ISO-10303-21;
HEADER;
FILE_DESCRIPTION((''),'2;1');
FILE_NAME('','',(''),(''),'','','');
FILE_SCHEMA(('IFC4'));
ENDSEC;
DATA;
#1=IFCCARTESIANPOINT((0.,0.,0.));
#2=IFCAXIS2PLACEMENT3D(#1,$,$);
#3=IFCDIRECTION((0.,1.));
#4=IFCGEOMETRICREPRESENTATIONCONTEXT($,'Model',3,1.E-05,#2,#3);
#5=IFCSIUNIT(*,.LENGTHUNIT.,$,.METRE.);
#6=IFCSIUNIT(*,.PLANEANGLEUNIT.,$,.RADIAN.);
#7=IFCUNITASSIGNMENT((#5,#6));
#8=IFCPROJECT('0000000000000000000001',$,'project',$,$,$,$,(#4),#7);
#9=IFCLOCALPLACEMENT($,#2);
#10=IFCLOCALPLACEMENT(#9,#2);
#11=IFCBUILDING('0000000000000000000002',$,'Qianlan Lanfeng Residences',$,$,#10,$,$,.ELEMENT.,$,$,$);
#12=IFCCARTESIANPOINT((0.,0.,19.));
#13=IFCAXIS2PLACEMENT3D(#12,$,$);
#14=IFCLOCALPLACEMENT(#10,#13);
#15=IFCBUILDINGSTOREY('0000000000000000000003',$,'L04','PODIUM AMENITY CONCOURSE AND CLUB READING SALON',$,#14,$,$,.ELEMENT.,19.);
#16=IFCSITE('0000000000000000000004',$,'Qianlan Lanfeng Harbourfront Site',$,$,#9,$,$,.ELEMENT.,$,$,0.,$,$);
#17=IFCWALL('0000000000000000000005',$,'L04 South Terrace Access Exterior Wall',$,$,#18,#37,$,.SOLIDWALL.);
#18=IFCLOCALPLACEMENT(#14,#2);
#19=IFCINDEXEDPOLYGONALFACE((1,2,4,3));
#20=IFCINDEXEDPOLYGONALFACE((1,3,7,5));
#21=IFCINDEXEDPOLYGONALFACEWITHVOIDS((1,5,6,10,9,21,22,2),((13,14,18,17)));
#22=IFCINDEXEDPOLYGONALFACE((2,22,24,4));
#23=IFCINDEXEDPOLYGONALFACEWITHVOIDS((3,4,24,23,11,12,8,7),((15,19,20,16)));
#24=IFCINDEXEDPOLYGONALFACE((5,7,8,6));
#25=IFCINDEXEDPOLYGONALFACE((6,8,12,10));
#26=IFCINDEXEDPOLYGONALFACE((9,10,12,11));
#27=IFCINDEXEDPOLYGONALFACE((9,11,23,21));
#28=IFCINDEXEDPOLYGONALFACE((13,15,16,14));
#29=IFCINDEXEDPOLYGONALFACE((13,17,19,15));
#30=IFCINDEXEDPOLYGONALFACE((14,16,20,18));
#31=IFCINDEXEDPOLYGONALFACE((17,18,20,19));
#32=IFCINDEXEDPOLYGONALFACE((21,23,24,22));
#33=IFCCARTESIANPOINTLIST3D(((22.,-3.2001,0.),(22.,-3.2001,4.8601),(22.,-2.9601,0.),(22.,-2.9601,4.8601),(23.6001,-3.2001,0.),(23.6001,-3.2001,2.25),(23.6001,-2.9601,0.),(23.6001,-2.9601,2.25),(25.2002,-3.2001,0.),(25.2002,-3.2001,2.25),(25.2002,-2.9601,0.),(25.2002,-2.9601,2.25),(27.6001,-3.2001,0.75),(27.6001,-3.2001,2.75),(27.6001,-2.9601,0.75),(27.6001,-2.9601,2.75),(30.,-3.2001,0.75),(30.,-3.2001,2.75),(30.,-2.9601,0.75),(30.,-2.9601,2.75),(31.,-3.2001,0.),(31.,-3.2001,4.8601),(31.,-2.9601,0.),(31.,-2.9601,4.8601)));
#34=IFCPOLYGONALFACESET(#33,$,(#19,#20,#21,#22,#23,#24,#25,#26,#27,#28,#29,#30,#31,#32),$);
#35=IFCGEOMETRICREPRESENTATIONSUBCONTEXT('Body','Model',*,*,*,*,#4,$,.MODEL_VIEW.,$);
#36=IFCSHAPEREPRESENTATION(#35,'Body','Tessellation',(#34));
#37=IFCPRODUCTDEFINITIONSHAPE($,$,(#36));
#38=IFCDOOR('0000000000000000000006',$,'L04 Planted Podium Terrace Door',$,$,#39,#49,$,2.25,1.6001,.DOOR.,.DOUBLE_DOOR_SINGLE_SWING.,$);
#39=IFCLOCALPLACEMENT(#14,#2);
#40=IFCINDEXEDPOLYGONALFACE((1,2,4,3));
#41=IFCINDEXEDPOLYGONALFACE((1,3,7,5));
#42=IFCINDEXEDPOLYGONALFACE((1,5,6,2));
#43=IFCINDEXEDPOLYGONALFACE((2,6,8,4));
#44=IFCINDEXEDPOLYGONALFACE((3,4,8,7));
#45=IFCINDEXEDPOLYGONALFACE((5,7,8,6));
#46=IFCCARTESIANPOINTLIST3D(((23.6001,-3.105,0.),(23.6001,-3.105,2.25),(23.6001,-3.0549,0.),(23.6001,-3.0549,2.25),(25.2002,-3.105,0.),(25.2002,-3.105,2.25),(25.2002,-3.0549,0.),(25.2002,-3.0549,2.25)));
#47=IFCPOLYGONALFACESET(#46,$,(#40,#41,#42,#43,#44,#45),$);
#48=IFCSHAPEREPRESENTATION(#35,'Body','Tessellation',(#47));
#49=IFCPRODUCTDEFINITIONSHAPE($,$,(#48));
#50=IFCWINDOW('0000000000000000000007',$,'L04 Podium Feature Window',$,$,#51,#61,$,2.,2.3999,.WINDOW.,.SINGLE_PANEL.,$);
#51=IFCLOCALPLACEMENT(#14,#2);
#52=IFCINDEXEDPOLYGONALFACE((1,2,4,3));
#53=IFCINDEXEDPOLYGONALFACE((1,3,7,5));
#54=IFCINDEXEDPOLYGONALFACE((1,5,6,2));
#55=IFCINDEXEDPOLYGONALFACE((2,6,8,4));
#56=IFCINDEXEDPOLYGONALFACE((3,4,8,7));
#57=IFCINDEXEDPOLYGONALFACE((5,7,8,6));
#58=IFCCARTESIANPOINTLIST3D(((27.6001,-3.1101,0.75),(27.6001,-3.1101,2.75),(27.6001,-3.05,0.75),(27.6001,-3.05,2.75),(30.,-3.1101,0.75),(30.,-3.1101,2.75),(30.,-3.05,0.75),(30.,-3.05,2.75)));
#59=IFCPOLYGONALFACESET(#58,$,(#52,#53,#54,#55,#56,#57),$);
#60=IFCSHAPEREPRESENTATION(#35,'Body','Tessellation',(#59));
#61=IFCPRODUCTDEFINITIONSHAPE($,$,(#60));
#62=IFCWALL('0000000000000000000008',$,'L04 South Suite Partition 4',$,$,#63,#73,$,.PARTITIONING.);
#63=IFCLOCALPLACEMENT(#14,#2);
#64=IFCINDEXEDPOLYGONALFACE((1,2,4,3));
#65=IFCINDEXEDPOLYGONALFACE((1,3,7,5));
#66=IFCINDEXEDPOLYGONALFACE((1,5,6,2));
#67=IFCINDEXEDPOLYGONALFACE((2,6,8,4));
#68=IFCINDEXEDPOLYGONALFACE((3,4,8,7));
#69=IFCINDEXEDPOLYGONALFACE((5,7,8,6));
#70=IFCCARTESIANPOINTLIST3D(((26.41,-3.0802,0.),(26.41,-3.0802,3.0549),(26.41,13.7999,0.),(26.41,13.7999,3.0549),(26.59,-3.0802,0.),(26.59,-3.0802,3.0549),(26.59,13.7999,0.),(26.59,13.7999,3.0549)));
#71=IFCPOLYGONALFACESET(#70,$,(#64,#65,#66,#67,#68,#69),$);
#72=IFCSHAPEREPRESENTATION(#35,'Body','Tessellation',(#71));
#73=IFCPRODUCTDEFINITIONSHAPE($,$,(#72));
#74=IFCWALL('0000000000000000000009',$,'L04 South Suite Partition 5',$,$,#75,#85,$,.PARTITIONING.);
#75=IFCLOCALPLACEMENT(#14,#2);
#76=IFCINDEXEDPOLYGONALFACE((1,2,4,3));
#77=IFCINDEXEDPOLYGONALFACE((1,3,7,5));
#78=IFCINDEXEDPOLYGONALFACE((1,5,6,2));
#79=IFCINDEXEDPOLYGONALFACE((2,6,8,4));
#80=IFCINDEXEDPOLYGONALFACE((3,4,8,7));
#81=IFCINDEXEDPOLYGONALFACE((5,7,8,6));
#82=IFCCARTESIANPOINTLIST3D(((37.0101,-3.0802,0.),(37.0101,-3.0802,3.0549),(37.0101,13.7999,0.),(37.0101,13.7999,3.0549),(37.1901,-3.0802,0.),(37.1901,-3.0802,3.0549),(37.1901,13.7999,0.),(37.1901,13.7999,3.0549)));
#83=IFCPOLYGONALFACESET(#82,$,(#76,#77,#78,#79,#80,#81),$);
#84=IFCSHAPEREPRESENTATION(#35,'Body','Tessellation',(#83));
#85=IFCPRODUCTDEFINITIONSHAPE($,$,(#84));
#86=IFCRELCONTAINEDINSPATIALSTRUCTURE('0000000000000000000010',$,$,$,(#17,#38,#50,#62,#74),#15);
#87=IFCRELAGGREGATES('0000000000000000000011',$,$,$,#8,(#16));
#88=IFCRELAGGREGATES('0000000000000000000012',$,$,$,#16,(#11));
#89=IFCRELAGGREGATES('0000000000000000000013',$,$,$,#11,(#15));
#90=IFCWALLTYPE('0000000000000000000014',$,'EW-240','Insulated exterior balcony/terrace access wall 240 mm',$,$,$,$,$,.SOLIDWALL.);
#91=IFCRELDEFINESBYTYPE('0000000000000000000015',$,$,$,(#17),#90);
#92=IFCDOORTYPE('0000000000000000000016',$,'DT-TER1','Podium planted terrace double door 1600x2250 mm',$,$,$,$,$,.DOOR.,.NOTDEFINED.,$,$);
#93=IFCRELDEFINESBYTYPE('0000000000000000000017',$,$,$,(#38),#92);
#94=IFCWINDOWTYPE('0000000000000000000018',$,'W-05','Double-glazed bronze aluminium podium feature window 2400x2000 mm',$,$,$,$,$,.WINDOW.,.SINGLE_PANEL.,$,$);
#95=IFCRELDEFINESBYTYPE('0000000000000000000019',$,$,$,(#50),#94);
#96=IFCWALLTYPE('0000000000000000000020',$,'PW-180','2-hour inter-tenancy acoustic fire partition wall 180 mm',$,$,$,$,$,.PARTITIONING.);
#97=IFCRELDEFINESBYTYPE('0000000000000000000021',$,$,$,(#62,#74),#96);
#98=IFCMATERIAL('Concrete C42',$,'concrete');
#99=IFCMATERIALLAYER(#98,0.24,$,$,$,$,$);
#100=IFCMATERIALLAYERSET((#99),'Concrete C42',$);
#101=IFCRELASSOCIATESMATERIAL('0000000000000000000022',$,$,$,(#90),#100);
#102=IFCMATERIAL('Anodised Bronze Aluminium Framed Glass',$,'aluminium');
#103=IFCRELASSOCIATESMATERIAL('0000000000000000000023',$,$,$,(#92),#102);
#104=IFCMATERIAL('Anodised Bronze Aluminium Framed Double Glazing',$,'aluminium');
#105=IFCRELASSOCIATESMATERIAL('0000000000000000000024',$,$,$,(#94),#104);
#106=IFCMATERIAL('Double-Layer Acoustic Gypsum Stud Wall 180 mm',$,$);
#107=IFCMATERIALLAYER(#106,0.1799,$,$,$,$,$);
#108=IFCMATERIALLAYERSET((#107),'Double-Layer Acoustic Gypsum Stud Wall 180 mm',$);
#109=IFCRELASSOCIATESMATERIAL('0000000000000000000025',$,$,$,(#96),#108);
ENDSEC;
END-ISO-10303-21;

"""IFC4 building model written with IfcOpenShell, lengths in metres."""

from ifc_helpers import new_model, si_unit, direction, frame, frame_2d, origin, place, context, subcontext, project, spatial, rectangle, extrude, material, layer, layer_set, type_object, element, fill, save


model = new_model("IFC4")

# Units and contexts
model_context = context("Model", 3, precision=1e-05, world=origin(), true_north=direction((0.0, 1.0)))
body_context = subcontext(model_context, "Body", "Model", "MODEL_VIEW")
ifc_project = project(units=[si_unit("LENGTHUNIT", "METRE"), si_unit("PLANEANGLEUNIT", "RADIAN")], contexts=[model_context])

# Site, building, storey
site_placement = place(None, origin())
site = spatial("IfcSite", under=ifc_project, at=site_placement, Name="Qianlan Lanfeng Harbourfront Site", CompositionType="ELEMENT", RefElevation=0.0)
building_placement = place(site_placement, origin())
building = spatial("IfcBuilding", under=site, at=building_placement, Name="Qianlan Lanfeng Residences", CompositionType="ELEMENT")
storey_placement = place(building_placement, frame((0.0, 0.0, 19.0)))
storey = spatial("IfcBuildingStorey", under=building, at=storey_placement, Name="L04", Description="PODIUM AMENITY CONCOURSE AND CLUB READING SALON", CompositionType="ELEMENT", Elevation=19.0)

# Wall, openings, door, window
ifc_material_1 = material(Name="Concrete C42", Category="concrete")
ifc_layer_1 = layer(ifc_material_1, 0.24)
ifc_layer_set_1 = layer_set([ifc_layer_1], Name="Concrete C42")
wall_type_1 = type_object("IfcWallType", Name="EW-240", Description="Insulated exterior balcony/terrace access wall 240 mm", PredefinedType="SOLIDWALL", material=ifc_layer_set_1)
wall_placement = place(storey_placement, frame((22.0, -3.0801, 0.0), z_axis=(0.0, 0.0, 1.0), x_axis=(1.0, 0.0, 0.0)))
wall = element("IfcWall", 1, at=wall_placement, inside=storey, type_object=wall_type_1, Name="L04 South Terrace Access Exterior Wall", PredefinedType="SOLIDWALL", context=body_context, shape_type="SweptSolid", body=[
    extrude(rectangle(XDim=9.0, YDim=0.24, at=frame_2d((4.5, 0.0))), origin(), (0.0, 0.0, 1.0), 4.8601),
])
opening_1_placement = place(wall_placement, frame((1.6001, 0.0, 0.0)))
opening_1 = element("IfcOpeningElement", 2, at=opening_1_placement, cuts=wall, PredefinedType="OPENING", context=body_context, shape_type="SweptSolid", body=[
    extrude(rectangle(XDim=1.6001, YDim=2.25, at=frame_2d((0.8, 1.125))), frame((0.0, 0.1299, 0.0), z_axis=(0.0, -1.0, 0.0), x_axis=(1.0, 0.0, 0.0)), (0.0, 0.0, 1.0), 0.26),
])
opening_2_placement = place(wall_placement, frame((5.6001, 0.0, 0.75)))
opening_2 = element("IfcOpeningElement", 3, at=opening_2_placement, cuts=wall, PredefinedType="OPENING", context=body_context, shape_type="SweptSolid", body=[
    extrude(rectangle(XDim=2.3999, YDim=2.0, at=frame_2d((1.2, 1.0))), frame((0.0, 0.1299, 0.0), z_axis=(0.0, -1.0, 0.0), x_axis=(1.0, 0.0, 0.0)), (0.0, 0.0, 1.0), 0.26),
])
ifc_material_2 = material(Name="Anodised Bronze Aluminium Framed Glass", Category="aluminium")
door_type = type_object("IfcDoorType", Name="DT-TER1", Description="Podium planted terrace double door 1600x2250 mm", OperationType="NOTDEFINED", PredefinedType="DOOR", material=ifc_material_2)
door_placement = place(opening_1_placement, frame((1.6001, 0.0, 0.0), z_axis=(0.0, 0.0, 1.0), x_axis=(-1.0, 0.0, 0.0)))
door = element("IfcDoor", 4, at=door_placement, inside=storey, type_object=door_type, Name="L04 Planted Podium Terrace Door", OperationType="DOUBLE_DOOR_SINGLE_SWING", OverallHeight=2.25, OverallWidth=1.6001, PredefinedType="DOOR", context=body_context, shape_type="SweptSolid", body=[
    extrude(rectangle(XDim=1.6001, YDim=2.25, at=frame_2d((0.8, 1.125))), frame((0.0, 0.0249, 0.0), z_axis=(0.0, -1.0, 0.0), x_axis=(1.0, 0.0, 0.0)), (0.0, 0.0, 1.0), 0.05),
])
fill(opening_1, door)
ifc_material_3 = material(Name="Anodised Bronze Aluminium Framed Double Glazing", Category="aluminium")
window_type = type_object("IfcWindowType", Name="W-05", Description="Double-glazed bronze aluminium podium feature window 2400x2000 mm", PartitioningType="SINGLE_PANEL", PredefinedType="WINDOW", material=ifc_material_3)
window_placement = place(opening_2_placement, origin())
window = element("IfcWindow", 5, at=window_placement, inside=storey, type_object=window_type, Name="L04 Podium Feature Window", OverallHeight=2.0, OverallWidth=2.3999, PartitioningType="SINGLE_PANEL", PredefinedType="WINDOW", context=body_context, shape_type="SweptSolid", body=[
    extrude(rectangle(XDim=2.3999, YDim=2.0, at=frame_2d((1.2, 1.0))), frame((0.0, 0.03, 0.0), z_axis=(0.0, -1.0, 0.0), x_axis=(1.0, 0.0, 0.0)), (0.0, 0.0, 1.0), 0.0601),
])
fill(opening_2, window)

# Walls
ifc_material_4 = material(Name="Double-Layer Acoustic Gypsum Stud Wall 180 mm")
ifc_layer_2 = layer(ifc_material_4, 0.1799)
ifc_layer_set_2 = layer_set([ifc_layer_2], Name="Double-Layer Acoustic Gypsum Stud Wall 180 mm")
wall_type_2 = type_object("IfcWallType", Name="PW-180", Description="2-hour inter-tenancy acoustic fire partition wall 180 mm", PredefinedType="PARTITIONING", material=ifc_layer_set_2)
for number, where, z_axis, x_axis, name in (
    (6, (26.5, -3.0801, 0.0), (0.0, 0.0, 1.0), (0.0, 1.0, 0.0), "L04 South Suite Partition 4"),
    (7, (37.1001, -3.0801, 0.0), (0.0, 0.0, 1.0), (0.0, 1.0, 0.0), "L04 South Suite Partition 5"),
):
    element("IfcWall", number, at=place(storey_placement, frame(where, z_axis=z_axis, x_axis=x_axis)), inside=storey, type_object=wall_type_2, Name=name, PredefinedType="PARTITIONING", context=body_context, shape_type="SweptSolid", body=[
        extrude(rectangle(XDim=16.8801, YDim=0.1799, at=frame_2d((8.4399, 0.0))), origin(), (0.0, 0.0, 1.0), 3.0549),
    ])

save(model, "model.ifc")
